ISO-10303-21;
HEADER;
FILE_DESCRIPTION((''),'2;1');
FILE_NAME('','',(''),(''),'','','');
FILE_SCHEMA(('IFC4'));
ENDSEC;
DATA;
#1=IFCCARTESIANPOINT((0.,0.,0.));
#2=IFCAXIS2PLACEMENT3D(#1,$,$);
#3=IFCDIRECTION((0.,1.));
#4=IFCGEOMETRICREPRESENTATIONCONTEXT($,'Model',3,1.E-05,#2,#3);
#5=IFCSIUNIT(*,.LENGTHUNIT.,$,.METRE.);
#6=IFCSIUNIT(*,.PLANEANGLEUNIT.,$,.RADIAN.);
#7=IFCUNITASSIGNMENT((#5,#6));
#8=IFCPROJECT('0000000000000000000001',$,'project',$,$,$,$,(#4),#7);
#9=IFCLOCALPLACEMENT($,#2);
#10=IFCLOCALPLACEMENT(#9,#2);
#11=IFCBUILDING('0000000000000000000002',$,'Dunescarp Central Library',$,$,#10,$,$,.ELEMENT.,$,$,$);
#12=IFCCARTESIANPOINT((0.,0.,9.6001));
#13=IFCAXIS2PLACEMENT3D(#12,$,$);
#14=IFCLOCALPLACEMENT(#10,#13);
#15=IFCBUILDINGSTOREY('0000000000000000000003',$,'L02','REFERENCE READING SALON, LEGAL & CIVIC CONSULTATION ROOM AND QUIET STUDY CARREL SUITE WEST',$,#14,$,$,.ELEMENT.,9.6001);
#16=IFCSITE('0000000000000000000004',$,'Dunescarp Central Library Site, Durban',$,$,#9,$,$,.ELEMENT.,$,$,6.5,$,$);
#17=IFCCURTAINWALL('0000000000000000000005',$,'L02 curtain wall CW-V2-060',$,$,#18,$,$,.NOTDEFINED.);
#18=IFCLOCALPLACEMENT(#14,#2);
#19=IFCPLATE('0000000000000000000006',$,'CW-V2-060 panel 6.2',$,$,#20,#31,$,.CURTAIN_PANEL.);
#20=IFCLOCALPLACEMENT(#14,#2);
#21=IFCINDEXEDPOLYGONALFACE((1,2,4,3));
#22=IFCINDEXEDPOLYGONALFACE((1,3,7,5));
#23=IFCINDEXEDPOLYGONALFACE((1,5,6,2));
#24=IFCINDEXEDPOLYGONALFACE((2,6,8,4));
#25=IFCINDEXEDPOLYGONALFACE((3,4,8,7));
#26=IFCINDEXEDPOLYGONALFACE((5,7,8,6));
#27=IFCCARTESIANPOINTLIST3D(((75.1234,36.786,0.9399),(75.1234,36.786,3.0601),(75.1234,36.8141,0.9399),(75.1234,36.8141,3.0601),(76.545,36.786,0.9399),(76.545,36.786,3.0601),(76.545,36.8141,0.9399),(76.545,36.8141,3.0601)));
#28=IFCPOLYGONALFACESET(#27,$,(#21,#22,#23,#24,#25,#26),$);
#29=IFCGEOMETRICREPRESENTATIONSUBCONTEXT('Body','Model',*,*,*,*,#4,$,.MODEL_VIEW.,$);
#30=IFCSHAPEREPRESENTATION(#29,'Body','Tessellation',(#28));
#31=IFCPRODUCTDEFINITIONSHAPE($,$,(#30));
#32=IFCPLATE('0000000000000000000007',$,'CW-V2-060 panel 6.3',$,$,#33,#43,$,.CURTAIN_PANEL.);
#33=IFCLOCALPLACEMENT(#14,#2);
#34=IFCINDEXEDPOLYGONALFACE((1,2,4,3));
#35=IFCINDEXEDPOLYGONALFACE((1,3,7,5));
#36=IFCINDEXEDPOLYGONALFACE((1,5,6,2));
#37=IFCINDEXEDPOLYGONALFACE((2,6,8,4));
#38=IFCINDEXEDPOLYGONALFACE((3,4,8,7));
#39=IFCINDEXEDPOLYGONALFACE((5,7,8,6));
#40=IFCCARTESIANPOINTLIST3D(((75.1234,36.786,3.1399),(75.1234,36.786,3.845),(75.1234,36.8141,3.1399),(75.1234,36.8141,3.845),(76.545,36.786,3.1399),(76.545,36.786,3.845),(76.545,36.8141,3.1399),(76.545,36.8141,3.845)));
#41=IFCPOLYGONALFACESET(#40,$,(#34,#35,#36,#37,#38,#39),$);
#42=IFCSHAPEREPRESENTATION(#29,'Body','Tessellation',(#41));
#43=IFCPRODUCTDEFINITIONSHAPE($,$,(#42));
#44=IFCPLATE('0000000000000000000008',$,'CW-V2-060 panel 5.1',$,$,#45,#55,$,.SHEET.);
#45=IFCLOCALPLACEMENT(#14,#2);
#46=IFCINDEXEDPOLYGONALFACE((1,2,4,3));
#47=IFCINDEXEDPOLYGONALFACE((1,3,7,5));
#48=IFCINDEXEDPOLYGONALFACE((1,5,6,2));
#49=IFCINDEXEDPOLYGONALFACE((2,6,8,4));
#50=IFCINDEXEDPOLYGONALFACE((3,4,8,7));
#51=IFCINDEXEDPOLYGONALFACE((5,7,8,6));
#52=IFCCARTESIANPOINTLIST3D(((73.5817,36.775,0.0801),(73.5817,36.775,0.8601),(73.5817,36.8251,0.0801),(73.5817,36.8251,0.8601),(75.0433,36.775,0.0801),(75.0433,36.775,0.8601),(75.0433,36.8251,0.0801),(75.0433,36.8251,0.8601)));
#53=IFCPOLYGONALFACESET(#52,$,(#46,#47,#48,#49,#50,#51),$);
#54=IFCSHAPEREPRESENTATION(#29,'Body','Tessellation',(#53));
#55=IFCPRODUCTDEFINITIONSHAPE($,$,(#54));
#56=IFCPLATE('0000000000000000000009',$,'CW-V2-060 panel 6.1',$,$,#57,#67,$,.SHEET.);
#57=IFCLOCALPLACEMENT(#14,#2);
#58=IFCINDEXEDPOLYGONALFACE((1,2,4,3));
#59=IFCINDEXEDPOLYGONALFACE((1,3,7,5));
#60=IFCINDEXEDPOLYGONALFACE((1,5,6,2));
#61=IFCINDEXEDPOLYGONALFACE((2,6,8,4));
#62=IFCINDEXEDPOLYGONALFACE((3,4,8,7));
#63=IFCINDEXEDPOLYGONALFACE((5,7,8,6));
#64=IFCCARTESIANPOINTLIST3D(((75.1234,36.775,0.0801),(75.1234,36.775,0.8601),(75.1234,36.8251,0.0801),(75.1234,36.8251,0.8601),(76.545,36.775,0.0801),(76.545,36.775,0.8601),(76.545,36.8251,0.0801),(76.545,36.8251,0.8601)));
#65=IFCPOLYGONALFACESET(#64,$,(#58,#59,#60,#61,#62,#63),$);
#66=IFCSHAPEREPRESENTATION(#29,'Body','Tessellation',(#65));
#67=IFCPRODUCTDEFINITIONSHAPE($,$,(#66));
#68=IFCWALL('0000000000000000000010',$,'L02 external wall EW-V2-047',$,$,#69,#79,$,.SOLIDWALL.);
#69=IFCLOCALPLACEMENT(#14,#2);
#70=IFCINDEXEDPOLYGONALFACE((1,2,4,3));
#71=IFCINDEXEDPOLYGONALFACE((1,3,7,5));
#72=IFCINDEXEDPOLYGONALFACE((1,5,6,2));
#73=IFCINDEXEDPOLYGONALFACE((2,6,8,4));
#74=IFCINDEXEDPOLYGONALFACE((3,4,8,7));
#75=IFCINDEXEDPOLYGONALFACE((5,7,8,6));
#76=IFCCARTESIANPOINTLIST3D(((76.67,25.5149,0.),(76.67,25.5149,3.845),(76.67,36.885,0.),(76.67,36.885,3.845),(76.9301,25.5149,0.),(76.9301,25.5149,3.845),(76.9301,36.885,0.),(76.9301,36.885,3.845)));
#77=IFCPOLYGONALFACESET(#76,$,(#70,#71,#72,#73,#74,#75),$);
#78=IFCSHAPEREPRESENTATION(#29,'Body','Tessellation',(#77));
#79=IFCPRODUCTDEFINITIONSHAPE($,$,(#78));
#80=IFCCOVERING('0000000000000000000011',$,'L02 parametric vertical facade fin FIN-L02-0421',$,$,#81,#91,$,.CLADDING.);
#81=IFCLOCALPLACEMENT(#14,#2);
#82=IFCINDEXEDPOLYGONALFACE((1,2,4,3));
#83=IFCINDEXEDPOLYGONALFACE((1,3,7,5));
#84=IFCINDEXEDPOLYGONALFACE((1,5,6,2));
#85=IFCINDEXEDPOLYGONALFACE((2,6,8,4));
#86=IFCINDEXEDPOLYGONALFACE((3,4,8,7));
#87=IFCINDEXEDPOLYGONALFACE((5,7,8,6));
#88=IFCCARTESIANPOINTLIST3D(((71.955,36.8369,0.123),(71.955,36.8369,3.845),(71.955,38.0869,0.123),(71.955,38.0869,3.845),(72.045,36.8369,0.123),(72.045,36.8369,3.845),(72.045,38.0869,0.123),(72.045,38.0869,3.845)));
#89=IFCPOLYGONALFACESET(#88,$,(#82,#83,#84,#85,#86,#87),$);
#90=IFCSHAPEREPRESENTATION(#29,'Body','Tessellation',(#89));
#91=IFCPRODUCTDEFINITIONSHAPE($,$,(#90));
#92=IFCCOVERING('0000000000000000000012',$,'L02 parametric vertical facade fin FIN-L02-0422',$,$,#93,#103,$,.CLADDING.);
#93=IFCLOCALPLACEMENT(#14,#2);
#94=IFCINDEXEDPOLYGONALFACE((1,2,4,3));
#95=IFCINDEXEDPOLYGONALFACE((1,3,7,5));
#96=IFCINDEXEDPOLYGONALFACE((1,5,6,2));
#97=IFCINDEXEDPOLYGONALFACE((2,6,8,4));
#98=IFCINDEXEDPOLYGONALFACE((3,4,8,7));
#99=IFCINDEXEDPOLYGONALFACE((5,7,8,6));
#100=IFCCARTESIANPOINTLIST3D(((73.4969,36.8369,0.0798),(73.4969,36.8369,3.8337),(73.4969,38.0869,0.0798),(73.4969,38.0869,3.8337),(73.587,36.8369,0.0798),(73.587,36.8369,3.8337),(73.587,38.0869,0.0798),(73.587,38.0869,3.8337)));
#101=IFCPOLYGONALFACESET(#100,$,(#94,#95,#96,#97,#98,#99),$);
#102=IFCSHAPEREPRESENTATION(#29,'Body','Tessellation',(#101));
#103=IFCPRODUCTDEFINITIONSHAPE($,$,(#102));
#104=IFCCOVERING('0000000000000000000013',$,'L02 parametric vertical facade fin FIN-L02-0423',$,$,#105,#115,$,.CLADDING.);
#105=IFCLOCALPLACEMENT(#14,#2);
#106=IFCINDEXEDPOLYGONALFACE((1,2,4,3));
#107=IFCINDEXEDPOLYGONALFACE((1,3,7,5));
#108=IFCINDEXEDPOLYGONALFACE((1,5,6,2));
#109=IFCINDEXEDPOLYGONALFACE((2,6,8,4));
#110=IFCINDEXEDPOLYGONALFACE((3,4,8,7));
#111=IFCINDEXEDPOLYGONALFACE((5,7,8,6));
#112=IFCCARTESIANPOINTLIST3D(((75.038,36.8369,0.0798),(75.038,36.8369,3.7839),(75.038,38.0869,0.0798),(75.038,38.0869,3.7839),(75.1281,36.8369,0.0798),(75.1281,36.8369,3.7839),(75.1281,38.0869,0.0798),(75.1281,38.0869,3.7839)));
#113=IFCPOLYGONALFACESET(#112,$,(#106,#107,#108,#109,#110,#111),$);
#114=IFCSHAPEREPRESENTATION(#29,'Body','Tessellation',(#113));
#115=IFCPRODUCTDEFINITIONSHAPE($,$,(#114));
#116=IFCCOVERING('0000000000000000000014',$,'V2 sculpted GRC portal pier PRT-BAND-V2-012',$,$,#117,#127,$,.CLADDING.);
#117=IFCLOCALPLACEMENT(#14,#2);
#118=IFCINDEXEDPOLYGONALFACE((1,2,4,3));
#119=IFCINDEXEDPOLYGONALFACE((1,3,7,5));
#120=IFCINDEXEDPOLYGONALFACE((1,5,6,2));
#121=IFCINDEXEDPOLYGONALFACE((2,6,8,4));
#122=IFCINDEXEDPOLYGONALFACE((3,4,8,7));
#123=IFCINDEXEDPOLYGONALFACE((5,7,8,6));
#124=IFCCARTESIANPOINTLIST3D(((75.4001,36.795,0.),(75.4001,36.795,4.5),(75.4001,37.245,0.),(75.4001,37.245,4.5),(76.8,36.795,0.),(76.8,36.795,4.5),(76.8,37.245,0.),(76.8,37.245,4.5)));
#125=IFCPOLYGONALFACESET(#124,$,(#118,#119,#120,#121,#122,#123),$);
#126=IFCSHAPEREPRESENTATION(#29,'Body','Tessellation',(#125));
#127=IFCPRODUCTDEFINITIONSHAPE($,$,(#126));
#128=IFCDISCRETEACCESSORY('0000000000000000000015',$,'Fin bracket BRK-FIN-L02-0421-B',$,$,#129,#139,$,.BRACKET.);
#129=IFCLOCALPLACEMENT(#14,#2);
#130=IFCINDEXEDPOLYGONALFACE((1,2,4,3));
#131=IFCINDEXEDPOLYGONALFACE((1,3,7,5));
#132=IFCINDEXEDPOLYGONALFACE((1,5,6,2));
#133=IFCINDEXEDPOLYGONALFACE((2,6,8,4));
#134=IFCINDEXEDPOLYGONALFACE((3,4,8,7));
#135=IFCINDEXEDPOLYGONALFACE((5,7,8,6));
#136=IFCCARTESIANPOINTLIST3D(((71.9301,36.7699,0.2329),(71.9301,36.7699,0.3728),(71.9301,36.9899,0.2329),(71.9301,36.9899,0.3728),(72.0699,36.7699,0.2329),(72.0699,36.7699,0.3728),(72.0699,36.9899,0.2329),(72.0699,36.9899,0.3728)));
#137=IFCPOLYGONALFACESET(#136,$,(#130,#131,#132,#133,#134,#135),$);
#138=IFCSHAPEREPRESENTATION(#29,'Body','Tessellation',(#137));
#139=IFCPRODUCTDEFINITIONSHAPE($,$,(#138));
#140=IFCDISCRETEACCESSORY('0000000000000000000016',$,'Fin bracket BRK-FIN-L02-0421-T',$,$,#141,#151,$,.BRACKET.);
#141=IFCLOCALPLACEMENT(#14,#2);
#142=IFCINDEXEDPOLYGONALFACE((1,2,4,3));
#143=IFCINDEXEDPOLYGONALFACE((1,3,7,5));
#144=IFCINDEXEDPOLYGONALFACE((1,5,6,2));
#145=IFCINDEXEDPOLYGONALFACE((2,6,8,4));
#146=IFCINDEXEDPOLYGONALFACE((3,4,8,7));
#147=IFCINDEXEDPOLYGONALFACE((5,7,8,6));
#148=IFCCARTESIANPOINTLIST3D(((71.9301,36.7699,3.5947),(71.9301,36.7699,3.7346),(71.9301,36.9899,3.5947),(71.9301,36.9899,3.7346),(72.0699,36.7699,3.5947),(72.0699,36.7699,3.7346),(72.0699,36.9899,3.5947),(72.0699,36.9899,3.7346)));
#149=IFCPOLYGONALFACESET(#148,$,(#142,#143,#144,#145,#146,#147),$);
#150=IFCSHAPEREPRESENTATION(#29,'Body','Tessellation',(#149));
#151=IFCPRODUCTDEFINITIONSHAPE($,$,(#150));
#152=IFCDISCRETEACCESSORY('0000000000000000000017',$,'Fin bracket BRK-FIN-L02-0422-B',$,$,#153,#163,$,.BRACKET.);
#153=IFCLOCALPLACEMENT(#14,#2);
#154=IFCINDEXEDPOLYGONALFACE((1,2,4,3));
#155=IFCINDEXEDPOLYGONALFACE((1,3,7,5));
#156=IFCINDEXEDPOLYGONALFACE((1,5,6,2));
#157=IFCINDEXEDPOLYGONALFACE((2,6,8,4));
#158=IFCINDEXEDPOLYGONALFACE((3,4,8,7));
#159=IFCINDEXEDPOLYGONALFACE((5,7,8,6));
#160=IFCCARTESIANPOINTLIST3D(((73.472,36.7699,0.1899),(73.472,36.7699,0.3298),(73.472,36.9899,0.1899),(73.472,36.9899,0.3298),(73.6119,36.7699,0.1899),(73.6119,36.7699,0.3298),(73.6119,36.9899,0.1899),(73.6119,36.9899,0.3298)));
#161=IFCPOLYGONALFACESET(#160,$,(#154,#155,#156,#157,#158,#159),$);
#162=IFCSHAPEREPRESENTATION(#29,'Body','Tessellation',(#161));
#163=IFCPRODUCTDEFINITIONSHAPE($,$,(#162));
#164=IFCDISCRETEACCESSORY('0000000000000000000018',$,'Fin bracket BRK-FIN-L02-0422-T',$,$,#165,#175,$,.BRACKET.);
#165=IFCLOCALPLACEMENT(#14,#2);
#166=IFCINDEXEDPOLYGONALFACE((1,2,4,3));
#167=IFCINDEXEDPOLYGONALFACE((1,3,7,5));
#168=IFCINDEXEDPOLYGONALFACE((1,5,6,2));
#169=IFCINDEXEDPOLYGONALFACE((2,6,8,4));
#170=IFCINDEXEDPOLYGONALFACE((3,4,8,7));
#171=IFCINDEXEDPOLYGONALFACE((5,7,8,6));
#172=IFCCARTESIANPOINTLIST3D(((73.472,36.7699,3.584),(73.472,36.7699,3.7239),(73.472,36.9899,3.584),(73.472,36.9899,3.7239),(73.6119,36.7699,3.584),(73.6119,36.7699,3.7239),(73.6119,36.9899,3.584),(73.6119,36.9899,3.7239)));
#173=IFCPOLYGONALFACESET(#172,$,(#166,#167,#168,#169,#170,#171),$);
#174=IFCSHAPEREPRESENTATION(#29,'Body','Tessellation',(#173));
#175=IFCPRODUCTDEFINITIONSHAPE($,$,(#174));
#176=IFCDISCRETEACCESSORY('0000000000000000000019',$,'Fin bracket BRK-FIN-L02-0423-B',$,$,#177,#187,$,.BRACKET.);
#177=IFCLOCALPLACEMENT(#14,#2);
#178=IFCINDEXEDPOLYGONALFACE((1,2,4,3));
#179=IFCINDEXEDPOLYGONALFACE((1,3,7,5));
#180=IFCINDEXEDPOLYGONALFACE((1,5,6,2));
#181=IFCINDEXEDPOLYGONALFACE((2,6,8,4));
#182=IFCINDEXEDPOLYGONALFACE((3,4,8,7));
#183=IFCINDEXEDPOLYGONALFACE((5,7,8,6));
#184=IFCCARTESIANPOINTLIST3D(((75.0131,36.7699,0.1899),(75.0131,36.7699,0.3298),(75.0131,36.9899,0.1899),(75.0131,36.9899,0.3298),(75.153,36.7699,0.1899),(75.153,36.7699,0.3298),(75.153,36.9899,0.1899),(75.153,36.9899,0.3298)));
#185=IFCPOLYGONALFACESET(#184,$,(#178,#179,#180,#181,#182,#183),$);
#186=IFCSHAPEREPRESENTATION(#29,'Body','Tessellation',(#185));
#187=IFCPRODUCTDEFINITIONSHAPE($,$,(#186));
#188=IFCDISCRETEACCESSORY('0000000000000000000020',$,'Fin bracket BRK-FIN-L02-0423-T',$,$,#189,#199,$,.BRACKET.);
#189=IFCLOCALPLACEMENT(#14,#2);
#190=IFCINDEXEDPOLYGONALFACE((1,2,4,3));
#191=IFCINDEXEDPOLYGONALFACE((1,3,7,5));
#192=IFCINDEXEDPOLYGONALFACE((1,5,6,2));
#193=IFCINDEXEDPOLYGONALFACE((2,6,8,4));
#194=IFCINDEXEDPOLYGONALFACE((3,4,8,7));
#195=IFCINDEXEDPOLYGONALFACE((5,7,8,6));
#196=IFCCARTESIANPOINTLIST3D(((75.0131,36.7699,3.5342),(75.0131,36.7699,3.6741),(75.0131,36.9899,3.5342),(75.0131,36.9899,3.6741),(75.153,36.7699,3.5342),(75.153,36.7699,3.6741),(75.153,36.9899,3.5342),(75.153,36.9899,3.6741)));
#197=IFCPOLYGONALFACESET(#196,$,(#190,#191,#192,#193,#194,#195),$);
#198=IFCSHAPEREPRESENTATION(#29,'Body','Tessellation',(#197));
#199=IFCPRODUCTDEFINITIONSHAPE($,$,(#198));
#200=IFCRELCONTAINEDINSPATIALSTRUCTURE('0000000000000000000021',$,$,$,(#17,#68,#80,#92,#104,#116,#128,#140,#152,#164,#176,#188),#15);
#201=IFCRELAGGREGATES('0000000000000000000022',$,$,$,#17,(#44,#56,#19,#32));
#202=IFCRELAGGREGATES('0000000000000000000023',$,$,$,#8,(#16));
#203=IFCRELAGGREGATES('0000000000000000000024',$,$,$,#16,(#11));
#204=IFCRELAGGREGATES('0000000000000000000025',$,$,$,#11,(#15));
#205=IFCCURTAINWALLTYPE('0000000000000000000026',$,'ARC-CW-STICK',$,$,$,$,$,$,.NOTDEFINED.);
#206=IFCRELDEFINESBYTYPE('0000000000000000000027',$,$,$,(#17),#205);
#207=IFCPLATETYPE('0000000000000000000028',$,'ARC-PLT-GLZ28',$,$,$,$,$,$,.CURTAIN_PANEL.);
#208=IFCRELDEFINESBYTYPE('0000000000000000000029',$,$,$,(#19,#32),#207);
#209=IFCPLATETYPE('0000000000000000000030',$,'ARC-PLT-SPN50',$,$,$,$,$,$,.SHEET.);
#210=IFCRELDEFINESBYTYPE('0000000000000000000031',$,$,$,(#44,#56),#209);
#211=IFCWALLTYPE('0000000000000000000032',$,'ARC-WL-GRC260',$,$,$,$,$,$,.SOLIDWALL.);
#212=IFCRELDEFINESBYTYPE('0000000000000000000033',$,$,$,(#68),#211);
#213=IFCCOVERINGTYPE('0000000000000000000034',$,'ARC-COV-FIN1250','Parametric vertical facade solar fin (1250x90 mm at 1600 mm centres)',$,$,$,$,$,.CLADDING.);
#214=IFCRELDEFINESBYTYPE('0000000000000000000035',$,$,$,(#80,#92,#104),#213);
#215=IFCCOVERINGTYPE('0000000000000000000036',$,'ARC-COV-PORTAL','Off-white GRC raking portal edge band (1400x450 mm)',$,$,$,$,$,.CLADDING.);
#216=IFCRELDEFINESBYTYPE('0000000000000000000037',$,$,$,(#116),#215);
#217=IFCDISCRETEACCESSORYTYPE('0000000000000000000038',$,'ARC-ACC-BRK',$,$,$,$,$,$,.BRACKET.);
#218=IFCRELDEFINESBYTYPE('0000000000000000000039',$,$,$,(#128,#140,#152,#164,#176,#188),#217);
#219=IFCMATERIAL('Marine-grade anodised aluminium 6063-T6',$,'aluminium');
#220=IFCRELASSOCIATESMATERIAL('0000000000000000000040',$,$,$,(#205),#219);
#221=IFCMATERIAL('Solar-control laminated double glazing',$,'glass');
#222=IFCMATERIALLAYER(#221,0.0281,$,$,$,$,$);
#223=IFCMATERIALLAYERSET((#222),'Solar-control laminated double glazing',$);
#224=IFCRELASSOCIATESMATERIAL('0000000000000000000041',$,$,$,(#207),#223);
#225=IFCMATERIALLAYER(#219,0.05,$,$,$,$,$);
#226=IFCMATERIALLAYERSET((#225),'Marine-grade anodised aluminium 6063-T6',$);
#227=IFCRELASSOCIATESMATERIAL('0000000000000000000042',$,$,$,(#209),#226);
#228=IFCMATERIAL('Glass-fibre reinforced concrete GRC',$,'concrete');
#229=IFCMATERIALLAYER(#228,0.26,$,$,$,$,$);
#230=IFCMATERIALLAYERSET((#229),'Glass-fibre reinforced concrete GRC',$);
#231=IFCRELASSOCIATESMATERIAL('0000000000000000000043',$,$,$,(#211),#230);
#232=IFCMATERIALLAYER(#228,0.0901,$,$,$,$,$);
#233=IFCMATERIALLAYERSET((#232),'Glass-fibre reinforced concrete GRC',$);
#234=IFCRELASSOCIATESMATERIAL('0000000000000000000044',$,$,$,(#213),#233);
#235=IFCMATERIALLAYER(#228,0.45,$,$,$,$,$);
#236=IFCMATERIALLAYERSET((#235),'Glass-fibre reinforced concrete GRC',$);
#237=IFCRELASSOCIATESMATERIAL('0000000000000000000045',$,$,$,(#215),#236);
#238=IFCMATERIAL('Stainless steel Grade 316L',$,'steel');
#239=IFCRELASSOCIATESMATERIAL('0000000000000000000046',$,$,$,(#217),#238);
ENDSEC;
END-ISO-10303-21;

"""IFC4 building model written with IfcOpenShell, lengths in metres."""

from ifc_helpers import new_model, si_unit, direction, frame, frame_2d, origin, origin_2d, place, context, subcontext, project, spatial, rectangle, extrude, material, layer, layer_set, type_object, element, aggregate, save


model = new_model("IFC4")

# Units and contexts
model_context = context("Model", 3, precision=1e-05, world=origin(), true_north=direction((0.0, 1.0)))
body_context = subcontext(model_context, "Body", "Model", "MODEL_VIEW")
ifc_project = project(units=[si_unit("LENGTHUNIT", "METRE"), si_unit("PLANEANGLEUNIT", "RADIAN")], contexts=[model_context])

# Site, building, storey
site_placement = place(None, origin())
site = spatial("IfcSite", under=ifc_project, at=site_placement, Name="Dunescarp Central Library Site, Durban", CompositionType="ELEMENT", RefElevation=6.5)
building_placement = place(site_placement, origin())
building = spatial("IfcBuilding", under=site, at=building_placement, Name="Dunescarp Central Library", CompositionType="ELEMENT")
storey_placement = place(building_placement, frame((0.0, 0.0, 9.6001)))
storey = spatial("IfcBuildingStorey", under=building, at=storey_placement, Name="L02", Description="REFERENCE READING SALON, LEGAL & CIVIC CONSULTATION ROOM AND QUIET STUDY CARREL SUITE WEST", CompositionType="ELEMENT", Elevation=9.6001)

# Curtain wall, plates
ifc_material_1 = material(Name="Marine-grade anodised aluminium 6063-T6", Category="aluminium")
curtain_wall_type = type_object("IfcCurtainWallType", Name="ARC-CW-STICK", PredefinedType="NOTDEFINED", material=ifc_material_1)
curtain_wall_placement = place(storey_placement, origin())
curtain_wall = element("IfcCurtainWall", 1, at=curtain_wall_placement, inside=storey, type_object=curtain_wall_type, Name="L02 curtain wall CW-V2-060", PredefinedType="NOTDEFINED")
ifc_material_2 = material(Name="Solar-control laminated double glazing", Category="glass")
ifc_layer_1 = layer(ifc_material_2, 0.0281)
ifc_layer_set_1 = layer_set([ifc_layer_1], Name="Solar-control laminated double glazing")
plate_type_1 = type_object("IfcPlateType", Name="ARC-PLT-GLZ28", PredefinedType="CURTAIN_PANEL", material=ifc_layer_set_1)
plate_1_placement = place(storey_placement, frame((75.8342, 36.8, 0.9399), z_axis=(0.0, 0.0, 1.0), x_axis=(1.0, 0.0, 0.0)))
plate_1 = element("IfcPlate", 2, at=plate_1_placement, type_object=plate_type_1, Name="CW-V2-060 panel 6.2", PredefinedType="CURTAIN_PANEL", context=body_context, shape_type="SweptSolid", body=[
    extrude(rectangle(XDim=1.4216, YDim=0.0281, at=origin_2d()), origin(), (0.0, 0.0, 1.0), 2.1201),
])
plate_2_placement = place(storey_placement, frame((75.8342, 36.8, 3.1399), z_axis=(0.0, 0.0, 1.0), x_axis=(1.0, 0.0, 0.0)))
plate_2 = element("IfcPlate", 3, at=plate_2_placement, type_object=plate_type_1, Name="CW-V2-060 panel 6.3", PredefinedType="CURTAIN_PANEL", context=body_context, shape_type="SweptSolid", body=[
    extrude(rectangle(XDim=1.4216, YDim=0.0281, at=origin_2d()), origin(), (0.0, 0.0, 1.0), 0.7051),
])
ifc_layer_2 = layer(ifc_material_1, 0.05)
ifc_layer_set_2 = layer_set([ifc_layer_2], Name="Marine-grade anodised aluminium 6063-T6")
plate_type_2 = type_object("IfcPlateType", Name="ARC-PLT-SPN50", PredefinedType="SHEET", material=ifc_layer_set_2)
plate_3_placement = place(storey_placement, frame((74.3125, 36.8, 0.0801), z_axis=(0.0, 0.0, 1.0), x_axis=(1.0, 0.0, 0.0)))
plate_3 = element("IfcPlate", 4, at=plate_3_placement, type_object=plate_type_2, Name="CW-V2-060 panel 5.1", PredefinedType="SHEET", context=body_context, shape_type="SweptSolid", body=[
    extrude(rectangle(XDim=1.4617, YDim=0.05, at=origin_2d()), origin(), (0.0, 0.0, 1.0), 0.78),
])
plate_4_placement = place(storey_placement, frame((75.8342, 36.8, 0.0801), z_axis=(0.0, 0.0, 1.0), x_axis=(1.0, 0.0, 0.0)))
plate_4 = element("IfcPlate", 5, at=plate_4_placement, type_object=plate_type_2, Name="CW-V2-060 panel 6.1", PredefinedType="SHEET", context=body_context, shape_type="SweptSolid", body=[
    extrude(rectangle(XDim=1.4216, YDim=0.05, at=origin_2d()), origin(), (0.0, 0.0, 1.0), 0.78),
])
aggregate(curtain_wall, [plate_3, plate_4, plate_1, plate_2])

# Wall
ifc_material_3 = material(Name="Glass-fibre reinforced concrete GRC", Category="concrete")
ifc_layer_3 = layer(ifc_material_3, 0.26)
ifc_layer_set_3 = layer_set([ifc_layer_3], Name="Glass-fibre reinforced concrete GRC")
wall_type = type_object("IfcWallType", Name="ARC-WL-GRC260", PredefinedType="SOLIDWALL", material=ifc_layer_set_3)
wall_placement = place(storey_placement, frame((76.8, 36.885, 0.0), z_axis=(0.0, 0.0, 1.0), x_axis=(0.0, -1.0, 0.0)))
element("IfcWall", 6, at=wall_placement, inside=storey, type_object=wall_type, Name="L02 external wall EW-V2-047", PredefinedType="SOLIDWALL", context=body_context, shape_type="SweptSolid", body=[
    extrude(rectangle(XDim=11.3701, YDim=0.26, at=frame_2d((5.6851, 0.0))), origin(), (0.0, 0.0, 1.0), 3.845),
])

# Coverings
ifc_layer_4 = layer(ifc_material_3, 0.0901)
ifc_layer_set_4 = layer_set([ifc_layer_4], Name="Glass-fibre reinforced concrete GRC")
covering_type_1 = type_object("IfcCoveringType", Name="ARC-COV-FIN1250", Description="Parametric vertical facade solar fin (1250x90 mm at 1600 mm centres)", PredefinedType="CLADDING", material=ifc_layer_set_4)
covering_1_placement = place(storey_placement, frame((72.0, 37.4619, 0.123), z_axis=(0.0, 0.0, 1.0), x_axis=(0.0, 1.0, 0.0)))
element("IfcCovering", 7, at=covering_1_placement, inside=storey, type_object=covering_type_1, Name="L02 parametric vertical facade fin FIN-L02-0421", PredefinedType="CLADDING", context=body_context, shape_type="SweptSolid", body=[
    extrude(rectangle(XDim=1.25, YDim=0.0901, at=origin_2d()), origin(), (0.0, 0.0, 1.0), 3.7219),
])
covering_2_placement = place(storey_placement, frame((73.542, 37.4619, 0.0798), z_axis=(0.0, 0.0, 1.0), x_axis=(0.0, 1.0, 0.0)))
element("IfcCovering", 8, at=covering_2_placement, inside=storey, type_object=covering_type_1, Name="L02 parametric vertical facade fin FIN-L02-0422", PredefinedType="CLADDING", context=body_context, shape_type="SweptSolid", body=[
    extrude(rectangle(XDim=1.25, YDim=0.0901, at=origin_2d()), origin(), (0.0, 0.0, 1.0), 3.7539),
])
covering_3_placement = place(storey_placement, frame((75.083, 37.4619, 0.0798), z_axis=(0.0, 0.0, 1.0), x_axis=(0.0, 1.0, 0.0)))
element("IfcCovering", 9, at=covering_3_placement, inside=storey, type_object=covering_type_1, Name="L02 parametric vertical facade fin FIN-L02-0423", PredefinedType="CLADDING", context=body_context, shape_type="SweptSolid", body=[
    extrude(rectangle(XDim=1.25, YDim=0.0901, at=origin_2d()), origin(), (0.0, 0.0, 1.0), 3.7041),
])
ifc_layer_5 = layer(ifc_material_3, 0.45)
ifc_layer_set_5 = layer_set([ifc_layer_5], Name="Glass-fibre reinforced concrete GRC")
covering_type_2 = type_object("IfcCoveringType", Name="ARC-COV-PORTAL", Description="Off-white GRC raking portal edge band (1400x450 mm)", PredefinedType="CLADDING", material=ifc_layer_set_5)
covering_4_placement = place(storey_placement, frame((76.1001, 37.02, 0.0), z_axis=(0.0, 0.0, 1.0), x_axis=(1.0, 0.0, 0.0)))
element("IfcCovering", 10, at=covering_4_placement, inside=storey, type_object=covering_type_2, Name="V2 sculpted GRC portal pier PRT-BAND-V2-012", PredefinedType="CLADDING", context=body_context, shape_type="SweptSolid", body=[
    extrude(rectangle(XDim=1.3999, YDim=0.45, at=origin_2d()), origin(), (0.0, 0.0, 1.0), 4.5),
])

# Discrete accessories
ifc_material_4 = material(Name="Stainless steel Grade 316L", Category="steel")
discrete_accessory_type = type_object("IfcDiscreteAccessoryType", Name="ARC-ACC-BRK", PredefinedType="BRACKET", material=ifc_material_4)
for number, where, z_axis, x_axis, name in (
    (11, (72.0, 36.8799, 0.2329), (0.0, 0.0, 1.0), (0.0, 1.0, 0.0), "Fin bracket BRK-FIN-L02-0421-B"),
    (12, (72.0, 36.8799, 3.5947), (0.0, 0.0, 1.0), (0.0, 1.0, 0.0), "Fin bracket BRK-FIN-L02-0421-T"),
    (13, (73.542, 36.8799, 0.1899), (0.0, 0.0, 1.0), (0.0, 1.0, 0.0), "Fin bracket BRK-FIN-L02-0422-B"),
    (14, (73.542, 36.8799, 3.584), (0.0, 0.0, 1.0), (0.0, 1.0, 0.0), "Fin bracket BRK-FIN-L02-0422-T"),
    (15, (75.083, 36.8799, 0.1899), (0.0, 0.0, 1.0), (0.0, 1.0, 0.0), "Fin bracket BRK-FIN-L02-0423-B"),
    (16, (75.083, 36.8799, 3.5342), (0.0, 0.0, 1.0), (0.0, 1.0, 0.0), "Fin bracket BRK-FIN-L02-0423-T"),
):
    element("IfcDiscreteAccessory", number, at=place(storey_placement, frame(where, z_axis=z_axis, x_axis=x_axis)), inside=storey, type_object=discrete_accessory_type, Name=name, PredefinedType="BRACKET", context=body_context, shape_type="SweptSolid", body=[
        extrude(rectangle(XDim=0.22, YDim=0.1399, at=origin_2d()), origin(), (0.0, 0.0, 1.0), 0.1399),
    ])

save(model, "model.ifc")
